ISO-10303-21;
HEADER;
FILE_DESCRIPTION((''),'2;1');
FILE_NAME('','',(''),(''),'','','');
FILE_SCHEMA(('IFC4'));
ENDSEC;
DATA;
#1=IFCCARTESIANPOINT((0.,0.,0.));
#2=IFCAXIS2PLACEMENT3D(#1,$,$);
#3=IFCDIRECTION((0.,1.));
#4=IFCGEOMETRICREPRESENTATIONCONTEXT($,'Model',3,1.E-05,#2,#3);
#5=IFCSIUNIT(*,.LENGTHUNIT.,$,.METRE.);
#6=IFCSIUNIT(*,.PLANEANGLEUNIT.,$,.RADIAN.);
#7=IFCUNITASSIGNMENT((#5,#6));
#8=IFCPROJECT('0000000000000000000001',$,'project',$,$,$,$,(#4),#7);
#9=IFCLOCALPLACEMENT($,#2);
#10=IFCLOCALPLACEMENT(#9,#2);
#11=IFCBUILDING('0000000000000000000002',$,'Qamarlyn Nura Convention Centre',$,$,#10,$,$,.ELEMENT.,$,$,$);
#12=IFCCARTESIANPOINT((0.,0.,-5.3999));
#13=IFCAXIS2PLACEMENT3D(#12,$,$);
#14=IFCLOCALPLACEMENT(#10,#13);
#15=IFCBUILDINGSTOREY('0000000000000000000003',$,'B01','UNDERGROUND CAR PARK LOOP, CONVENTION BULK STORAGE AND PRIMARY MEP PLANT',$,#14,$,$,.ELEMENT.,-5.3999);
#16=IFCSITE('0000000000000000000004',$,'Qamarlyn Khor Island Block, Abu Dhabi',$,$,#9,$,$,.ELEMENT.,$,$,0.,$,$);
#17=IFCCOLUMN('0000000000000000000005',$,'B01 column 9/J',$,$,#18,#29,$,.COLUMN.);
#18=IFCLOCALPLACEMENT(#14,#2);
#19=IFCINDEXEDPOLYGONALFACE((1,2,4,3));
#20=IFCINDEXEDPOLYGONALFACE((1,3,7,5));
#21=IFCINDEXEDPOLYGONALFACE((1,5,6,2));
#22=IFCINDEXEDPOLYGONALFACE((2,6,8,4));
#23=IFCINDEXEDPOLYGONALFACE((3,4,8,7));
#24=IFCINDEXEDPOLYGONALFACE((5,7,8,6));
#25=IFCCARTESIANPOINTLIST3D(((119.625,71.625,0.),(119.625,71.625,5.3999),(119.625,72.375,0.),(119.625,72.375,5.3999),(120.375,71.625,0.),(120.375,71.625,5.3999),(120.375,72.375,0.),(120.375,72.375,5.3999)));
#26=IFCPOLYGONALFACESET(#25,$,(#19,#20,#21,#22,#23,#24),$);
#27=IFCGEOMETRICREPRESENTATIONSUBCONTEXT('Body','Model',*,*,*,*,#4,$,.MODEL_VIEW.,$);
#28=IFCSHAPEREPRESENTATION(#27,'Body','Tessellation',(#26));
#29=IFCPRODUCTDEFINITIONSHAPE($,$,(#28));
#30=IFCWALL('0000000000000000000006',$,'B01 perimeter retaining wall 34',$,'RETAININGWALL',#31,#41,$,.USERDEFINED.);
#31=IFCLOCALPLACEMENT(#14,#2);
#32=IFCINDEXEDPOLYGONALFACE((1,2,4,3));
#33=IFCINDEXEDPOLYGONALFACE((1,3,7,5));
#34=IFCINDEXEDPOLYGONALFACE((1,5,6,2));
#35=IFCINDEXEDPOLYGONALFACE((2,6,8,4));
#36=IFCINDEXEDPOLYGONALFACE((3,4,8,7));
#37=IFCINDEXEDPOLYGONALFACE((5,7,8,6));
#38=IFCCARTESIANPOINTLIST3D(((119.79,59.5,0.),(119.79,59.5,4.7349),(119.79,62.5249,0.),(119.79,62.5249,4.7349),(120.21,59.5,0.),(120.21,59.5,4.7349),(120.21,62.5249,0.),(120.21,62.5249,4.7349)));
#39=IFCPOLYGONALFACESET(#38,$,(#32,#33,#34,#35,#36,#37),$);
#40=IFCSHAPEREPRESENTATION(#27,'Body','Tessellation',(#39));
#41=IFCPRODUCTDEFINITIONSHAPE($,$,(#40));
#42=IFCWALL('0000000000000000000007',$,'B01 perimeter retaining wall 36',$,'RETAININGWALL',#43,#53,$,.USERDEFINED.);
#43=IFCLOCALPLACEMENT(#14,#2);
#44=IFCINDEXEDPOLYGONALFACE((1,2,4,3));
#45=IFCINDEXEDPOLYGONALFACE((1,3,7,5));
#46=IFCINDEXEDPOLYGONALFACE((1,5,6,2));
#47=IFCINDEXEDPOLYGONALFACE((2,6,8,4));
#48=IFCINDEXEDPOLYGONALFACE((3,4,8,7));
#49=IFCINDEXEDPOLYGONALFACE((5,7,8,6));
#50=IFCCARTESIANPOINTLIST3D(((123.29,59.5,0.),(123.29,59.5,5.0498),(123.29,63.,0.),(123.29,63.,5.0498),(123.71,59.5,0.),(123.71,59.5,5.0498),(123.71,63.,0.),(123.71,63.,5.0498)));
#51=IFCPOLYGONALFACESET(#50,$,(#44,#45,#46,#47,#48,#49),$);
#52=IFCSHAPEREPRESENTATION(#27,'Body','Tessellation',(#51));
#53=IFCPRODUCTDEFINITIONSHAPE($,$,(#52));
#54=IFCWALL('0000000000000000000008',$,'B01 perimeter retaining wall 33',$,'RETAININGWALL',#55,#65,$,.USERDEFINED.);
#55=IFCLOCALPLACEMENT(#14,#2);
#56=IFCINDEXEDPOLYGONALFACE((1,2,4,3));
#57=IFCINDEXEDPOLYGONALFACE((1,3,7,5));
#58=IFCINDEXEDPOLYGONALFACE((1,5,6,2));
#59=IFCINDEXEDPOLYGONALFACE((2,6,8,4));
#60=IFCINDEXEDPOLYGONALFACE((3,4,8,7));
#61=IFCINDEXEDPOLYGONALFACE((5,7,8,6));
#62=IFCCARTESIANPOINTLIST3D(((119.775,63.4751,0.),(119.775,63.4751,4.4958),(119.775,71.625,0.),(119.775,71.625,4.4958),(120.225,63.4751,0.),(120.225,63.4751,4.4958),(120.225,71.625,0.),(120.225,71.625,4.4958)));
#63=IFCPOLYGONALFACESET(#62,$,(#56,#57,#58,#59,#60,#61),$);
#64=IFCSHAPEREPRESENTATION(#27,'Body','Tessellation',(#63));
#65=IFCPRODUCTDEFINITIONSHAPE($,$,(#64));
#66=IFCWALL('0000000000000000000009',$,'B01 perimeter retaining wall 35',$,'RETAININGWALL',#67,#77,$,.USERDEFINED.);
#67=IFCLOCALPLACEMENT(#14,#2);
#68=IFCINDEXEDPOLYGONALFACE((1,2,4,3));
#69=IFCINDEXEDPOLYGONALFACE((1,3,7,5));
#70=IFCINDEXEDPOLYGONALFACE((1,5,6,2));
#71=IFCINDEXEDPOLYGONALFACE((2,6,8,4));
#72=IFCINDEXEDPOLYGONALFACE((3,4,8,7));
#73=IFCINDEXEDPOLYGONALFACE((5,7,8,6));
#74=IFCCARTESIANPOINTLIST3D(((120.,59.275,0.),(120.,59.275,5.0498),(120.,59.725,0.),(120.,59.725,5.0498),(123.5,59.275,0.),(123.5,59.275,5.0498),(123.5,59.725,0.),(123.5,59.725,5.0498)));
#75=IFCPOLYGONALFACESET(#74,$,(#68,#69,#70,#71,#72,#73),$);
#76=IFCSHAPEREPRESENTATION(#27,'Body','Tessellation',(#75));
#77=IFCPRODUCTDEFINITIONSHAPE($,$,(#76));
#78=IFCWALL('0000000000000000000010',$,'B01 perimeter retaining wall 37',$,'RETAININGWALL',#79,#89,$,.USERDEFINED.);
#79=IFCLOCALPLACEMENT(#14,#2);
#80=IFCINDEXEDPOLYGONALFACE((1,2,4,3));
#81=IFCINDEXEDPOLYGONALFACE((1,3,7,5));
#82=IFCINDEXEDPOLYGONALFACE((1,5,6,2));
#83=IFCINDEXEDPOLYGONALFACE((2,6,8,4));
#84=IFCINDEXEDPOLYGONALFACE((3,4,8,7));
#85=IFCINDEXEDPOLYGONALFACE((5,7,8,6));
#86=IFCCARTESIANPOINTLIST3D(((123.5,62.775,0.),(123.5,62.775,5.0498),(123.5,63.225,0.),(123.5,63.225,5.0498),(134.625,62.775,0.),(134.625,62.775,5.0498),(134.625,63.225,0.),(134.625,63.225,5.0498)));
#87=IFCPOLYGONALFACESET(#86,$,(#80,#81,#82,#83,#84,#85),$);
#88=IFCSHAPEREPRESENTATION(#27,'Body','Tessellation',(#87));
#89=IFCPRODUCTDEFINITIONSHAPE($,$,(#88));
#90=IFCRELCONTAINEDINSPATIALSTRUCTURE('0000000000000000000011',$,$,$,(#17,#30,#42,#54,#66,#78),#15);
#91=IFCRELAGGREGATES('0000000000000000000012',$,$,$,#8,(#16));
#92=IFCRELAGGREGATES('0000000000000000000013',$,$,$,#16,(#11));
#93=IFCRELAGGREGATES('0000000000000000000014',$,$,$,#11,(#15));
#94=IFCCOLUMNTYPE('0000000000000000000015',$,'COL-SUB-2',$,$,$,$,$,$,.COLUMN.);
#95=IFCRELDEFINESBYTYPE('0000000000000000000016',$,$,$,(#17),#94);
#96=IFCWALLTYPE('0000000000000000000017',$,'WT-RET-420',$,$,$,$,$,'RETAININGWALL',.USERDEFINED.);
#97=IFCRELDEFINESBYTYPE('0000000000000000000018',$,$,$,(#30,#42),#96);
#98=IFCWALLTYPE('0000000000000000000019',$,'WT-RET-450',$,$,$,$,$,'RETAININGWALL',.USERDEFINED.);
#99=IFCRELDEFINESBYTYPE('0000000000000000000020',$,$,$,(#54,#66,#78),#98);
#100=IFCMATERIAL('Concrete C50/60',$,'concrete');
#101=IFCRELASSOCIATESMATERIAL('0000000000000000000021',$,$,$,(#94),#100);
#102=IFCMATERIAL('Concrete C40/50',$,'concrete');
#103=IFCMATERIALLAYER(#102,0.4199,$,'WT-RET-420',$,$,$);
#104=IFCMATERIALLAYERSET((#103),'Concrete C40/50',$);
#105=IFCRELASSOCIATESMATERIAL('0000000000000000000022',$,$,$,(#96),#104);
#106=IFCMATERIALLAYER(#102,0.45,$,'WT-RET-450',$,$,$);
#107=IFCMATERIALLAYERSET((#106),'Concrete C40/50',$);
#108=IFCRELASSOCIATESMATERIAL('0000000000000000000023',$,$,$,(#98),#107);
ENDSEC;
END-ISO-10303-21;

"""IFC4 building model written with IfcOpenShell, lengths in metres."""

from ifc_helpers import new_model, si_unit, direction, frame, frame_2d, origin, origin_2d, place, context, subcontext, project, spatial, rectangle, extrude, material, layer, layer_set, material_profile, profile_set, type_object, element, save


model = new_model("IFC4")

# Units and contexts
model_context = context("Model", 3, precision=1e-05, world=origin(), true_north=direction((0.0, 1.0)))
body_context = subcontext(model_context, "Body", "Model", "MODEL_VIEW")
ifc_project = project(units=[si_unit("LENGTHUNIT", "METRE"), si_unit("PLANEANGLEUNIT", "RADIAN")], contexts=[model_context])

# Site, building, storey
site_placement = place(None, origin())
site = spatial("IfcSite", under=ifc_project, at=site_placement, Name="Qamarlyn Khor Island Block, Abu Dhabi", CompositionType="ELEMENT", RefElevation=0.0)
building_placement = place(site_placement, origin())
building = spatial("IfcBuilding", under=site, at=building_placement, Name="Qamarlyn Nura Convention Centre", CompositionType="ELEMENT")
storey_placement = place(building_placement, frame((0.0, 0.0, -5.3999)))
storey = spatial("IfcBuildingStorey", under=building, at=storey_placement, Name="B01", Description="UNDERGROUND CAR PARK LOOP, CONVENTION BULK STORAGE AND PRIMARY MEP PLANT", CompositionType="ELEMENT", Elevation=-5.3999)

# Shared definitions
ifc_material_1 = material(Name="Concrete C40/50", Category="concrete")

# Column
ifc_material_2 = material(Name="Concrete C50/60", Category="concrete")
ifc_material_profile_1 = material_profile(ifc_material_2, rectangle(XDim=0.75, YDim=0.75, at=origin_2d()), Name="RC 750x750")
ifc_profile_set_1 = profile_set([ifc_material_profile_1], Name="Concrete C50/60")
column_type_1 = type_object("IfcColumnType", Name="COL-SUB-2", PredefinedType="COLUMN", material=ifc_profile_set_1)
column_1_placement = place(storey_placement, frame((120.0, 72.0, 0.0), z_axis=(0.0, 0.0, 1.0), x_axis=(1.0, 0.0, 0.0)))
element("IfcColumn", 1, at=column_1_placement, inside=storey, type_object=column_type_1, Name="B01 column 9/J", PredefinedType="COLUMN", context=body_context, shape_type="SweptSolid", body=[
    extrude(rectangle(XDim=0.75, YDim=0.75, at=origin_2d()), origin(), (0.0, 0.0, 1.0), 5.3999),
])

# Walls
ifc_layer_1 = layer(ifc_material_1, 0.4199, Name="WT-RET-420")
ifc_layer_set_1 = layer_set([ifc_layer_1], Name="Concrete C40/50")
wall_type_1 = type_object("IfcWallType", Name="WT-RET-420", ElementType="RETAININGWALL", PredefinedType="USERDEFINED", material=ifc_layer_set_1)
wall_1_placement = place(storey_placement, frame((120.0, 62.5249, 0.0), z_axis=(0.0, 0.0, 1.0), x_axis=(0.0, -1.0, 0.0)))
element("IfcWall", 2, at=wall_1_placement, inside=storey, type_object=wall_type_1, Name="B01 perimeter retaining wall 34", ObjectType="RETAININGWALL", PredefinedType="USERDEFINED", context=body_context, shape_type="SweptSolid", body=[
    extrude(rectangle(XDim=3.0249, YDim=0.4199, at=frame_2d((1.5125, 0.0))), origin(), (0.0, 0.0, 1.0), 4.7349),
])
wall_2_placement = place(storey_placement, frame((123.5, 59.5, 0.0), z_axis=(0.0, 0.0, 1.0), x_axis=(0.0, 1.0, 0.0)))
element("IfcWall", 3, at=wall_2_placement, inside=storey, type_object=wall_type_1, Name="B01 perimeter retaining wall 36", ObjectType="RETAININGWALL", PredefinedType="USERDEFINED", context=body_context, shape_type="SweptSolid", body=[
    extrude(rectangle(XDim=3.5, YDim=0.4199, at=frame_2d((1.75, 0.0))), origin(), (0.0, 0.0, 1.0), 5.0498),
])
ifc_layer_2 = layer(ifc_material_1, 0.45, Name="WT-RET-450")
ifc_layer_set_2 = layer_set([ifc_layer_2], Name="Concrete C40/50")
wall_type_2 = type_object("IfcWallType", Name="WT-RET-450", ElementType="RETAININGWALL", PredefinedType="USERDEFINED", material=ifc_layer_set_2)
wall_3_placement = place(storey_placement, frame((120.0, 71.625, 0.0), z_axis=(0.0, 0.0, 1.0), x_axis=(0.0, -1.0, 0.0)))
element("IfcWall", 4, at=wall_3_placement, inside=storey, type_object=wall_type_2, Name="B01 perimeter retaining wall 33", ObjectType="RETAININGWALL", PredefinedType="USERDEFINED", context=body_context, shape_type="SweptSolid", body=[
    extrude(rectangle(XDim=8.1499, YDim=0.45, at=frame_2d((4.075, 0.0))), origin(), (0.0, 0.0, 1.0), 4.4958),
])
wall_4_placement = place(storey_placement, frame((120.0, 59.5, 0.0), z_axis=(0.0, 0.0, 1.0), x_axis=(1.0, 0.0, 0.0)))
element("IfcWall", 5, at=wall_4_placement, inside=storey, type_object=wall_type_2, Name="B01 perimeter retaining wall 35", ObjectType="RETAININGWALL", PredefinedType="USERDEFINED", context=body_context, shape_type="SweptSolid", body=[
    extrude(rectangle(XDim=3.5, YDim=0.45, at=frame_2d((1.75, 0.0))), origin(), (0.0, 0.0, 1.0), 5.0498),
])
wall_5_placement = place(storey_placement, frame((123.5, 63.0, 0.0), z_axis=(0.0, 0.0, 1.0), x_axis=(1.0, 0.0, 0.0)))
element("IfcWall", 6, at=wall_5_placement, inside=storey, type_object=wall_type_2, Name="B01 perimeter retaining wall 37", ObjectType="RETAININGWALL", PredefinedType="USERDEFINED", context=body_context, shape_type="SweptSolid", body=[
    extrude(rectangle(XDim=11.125, YDim=0.45, at=frame_2d((5.5625, 0.0))), origin(), (0.0, 0.0, 1.0), 5.0498),
])

save(model, "model.ifc")
